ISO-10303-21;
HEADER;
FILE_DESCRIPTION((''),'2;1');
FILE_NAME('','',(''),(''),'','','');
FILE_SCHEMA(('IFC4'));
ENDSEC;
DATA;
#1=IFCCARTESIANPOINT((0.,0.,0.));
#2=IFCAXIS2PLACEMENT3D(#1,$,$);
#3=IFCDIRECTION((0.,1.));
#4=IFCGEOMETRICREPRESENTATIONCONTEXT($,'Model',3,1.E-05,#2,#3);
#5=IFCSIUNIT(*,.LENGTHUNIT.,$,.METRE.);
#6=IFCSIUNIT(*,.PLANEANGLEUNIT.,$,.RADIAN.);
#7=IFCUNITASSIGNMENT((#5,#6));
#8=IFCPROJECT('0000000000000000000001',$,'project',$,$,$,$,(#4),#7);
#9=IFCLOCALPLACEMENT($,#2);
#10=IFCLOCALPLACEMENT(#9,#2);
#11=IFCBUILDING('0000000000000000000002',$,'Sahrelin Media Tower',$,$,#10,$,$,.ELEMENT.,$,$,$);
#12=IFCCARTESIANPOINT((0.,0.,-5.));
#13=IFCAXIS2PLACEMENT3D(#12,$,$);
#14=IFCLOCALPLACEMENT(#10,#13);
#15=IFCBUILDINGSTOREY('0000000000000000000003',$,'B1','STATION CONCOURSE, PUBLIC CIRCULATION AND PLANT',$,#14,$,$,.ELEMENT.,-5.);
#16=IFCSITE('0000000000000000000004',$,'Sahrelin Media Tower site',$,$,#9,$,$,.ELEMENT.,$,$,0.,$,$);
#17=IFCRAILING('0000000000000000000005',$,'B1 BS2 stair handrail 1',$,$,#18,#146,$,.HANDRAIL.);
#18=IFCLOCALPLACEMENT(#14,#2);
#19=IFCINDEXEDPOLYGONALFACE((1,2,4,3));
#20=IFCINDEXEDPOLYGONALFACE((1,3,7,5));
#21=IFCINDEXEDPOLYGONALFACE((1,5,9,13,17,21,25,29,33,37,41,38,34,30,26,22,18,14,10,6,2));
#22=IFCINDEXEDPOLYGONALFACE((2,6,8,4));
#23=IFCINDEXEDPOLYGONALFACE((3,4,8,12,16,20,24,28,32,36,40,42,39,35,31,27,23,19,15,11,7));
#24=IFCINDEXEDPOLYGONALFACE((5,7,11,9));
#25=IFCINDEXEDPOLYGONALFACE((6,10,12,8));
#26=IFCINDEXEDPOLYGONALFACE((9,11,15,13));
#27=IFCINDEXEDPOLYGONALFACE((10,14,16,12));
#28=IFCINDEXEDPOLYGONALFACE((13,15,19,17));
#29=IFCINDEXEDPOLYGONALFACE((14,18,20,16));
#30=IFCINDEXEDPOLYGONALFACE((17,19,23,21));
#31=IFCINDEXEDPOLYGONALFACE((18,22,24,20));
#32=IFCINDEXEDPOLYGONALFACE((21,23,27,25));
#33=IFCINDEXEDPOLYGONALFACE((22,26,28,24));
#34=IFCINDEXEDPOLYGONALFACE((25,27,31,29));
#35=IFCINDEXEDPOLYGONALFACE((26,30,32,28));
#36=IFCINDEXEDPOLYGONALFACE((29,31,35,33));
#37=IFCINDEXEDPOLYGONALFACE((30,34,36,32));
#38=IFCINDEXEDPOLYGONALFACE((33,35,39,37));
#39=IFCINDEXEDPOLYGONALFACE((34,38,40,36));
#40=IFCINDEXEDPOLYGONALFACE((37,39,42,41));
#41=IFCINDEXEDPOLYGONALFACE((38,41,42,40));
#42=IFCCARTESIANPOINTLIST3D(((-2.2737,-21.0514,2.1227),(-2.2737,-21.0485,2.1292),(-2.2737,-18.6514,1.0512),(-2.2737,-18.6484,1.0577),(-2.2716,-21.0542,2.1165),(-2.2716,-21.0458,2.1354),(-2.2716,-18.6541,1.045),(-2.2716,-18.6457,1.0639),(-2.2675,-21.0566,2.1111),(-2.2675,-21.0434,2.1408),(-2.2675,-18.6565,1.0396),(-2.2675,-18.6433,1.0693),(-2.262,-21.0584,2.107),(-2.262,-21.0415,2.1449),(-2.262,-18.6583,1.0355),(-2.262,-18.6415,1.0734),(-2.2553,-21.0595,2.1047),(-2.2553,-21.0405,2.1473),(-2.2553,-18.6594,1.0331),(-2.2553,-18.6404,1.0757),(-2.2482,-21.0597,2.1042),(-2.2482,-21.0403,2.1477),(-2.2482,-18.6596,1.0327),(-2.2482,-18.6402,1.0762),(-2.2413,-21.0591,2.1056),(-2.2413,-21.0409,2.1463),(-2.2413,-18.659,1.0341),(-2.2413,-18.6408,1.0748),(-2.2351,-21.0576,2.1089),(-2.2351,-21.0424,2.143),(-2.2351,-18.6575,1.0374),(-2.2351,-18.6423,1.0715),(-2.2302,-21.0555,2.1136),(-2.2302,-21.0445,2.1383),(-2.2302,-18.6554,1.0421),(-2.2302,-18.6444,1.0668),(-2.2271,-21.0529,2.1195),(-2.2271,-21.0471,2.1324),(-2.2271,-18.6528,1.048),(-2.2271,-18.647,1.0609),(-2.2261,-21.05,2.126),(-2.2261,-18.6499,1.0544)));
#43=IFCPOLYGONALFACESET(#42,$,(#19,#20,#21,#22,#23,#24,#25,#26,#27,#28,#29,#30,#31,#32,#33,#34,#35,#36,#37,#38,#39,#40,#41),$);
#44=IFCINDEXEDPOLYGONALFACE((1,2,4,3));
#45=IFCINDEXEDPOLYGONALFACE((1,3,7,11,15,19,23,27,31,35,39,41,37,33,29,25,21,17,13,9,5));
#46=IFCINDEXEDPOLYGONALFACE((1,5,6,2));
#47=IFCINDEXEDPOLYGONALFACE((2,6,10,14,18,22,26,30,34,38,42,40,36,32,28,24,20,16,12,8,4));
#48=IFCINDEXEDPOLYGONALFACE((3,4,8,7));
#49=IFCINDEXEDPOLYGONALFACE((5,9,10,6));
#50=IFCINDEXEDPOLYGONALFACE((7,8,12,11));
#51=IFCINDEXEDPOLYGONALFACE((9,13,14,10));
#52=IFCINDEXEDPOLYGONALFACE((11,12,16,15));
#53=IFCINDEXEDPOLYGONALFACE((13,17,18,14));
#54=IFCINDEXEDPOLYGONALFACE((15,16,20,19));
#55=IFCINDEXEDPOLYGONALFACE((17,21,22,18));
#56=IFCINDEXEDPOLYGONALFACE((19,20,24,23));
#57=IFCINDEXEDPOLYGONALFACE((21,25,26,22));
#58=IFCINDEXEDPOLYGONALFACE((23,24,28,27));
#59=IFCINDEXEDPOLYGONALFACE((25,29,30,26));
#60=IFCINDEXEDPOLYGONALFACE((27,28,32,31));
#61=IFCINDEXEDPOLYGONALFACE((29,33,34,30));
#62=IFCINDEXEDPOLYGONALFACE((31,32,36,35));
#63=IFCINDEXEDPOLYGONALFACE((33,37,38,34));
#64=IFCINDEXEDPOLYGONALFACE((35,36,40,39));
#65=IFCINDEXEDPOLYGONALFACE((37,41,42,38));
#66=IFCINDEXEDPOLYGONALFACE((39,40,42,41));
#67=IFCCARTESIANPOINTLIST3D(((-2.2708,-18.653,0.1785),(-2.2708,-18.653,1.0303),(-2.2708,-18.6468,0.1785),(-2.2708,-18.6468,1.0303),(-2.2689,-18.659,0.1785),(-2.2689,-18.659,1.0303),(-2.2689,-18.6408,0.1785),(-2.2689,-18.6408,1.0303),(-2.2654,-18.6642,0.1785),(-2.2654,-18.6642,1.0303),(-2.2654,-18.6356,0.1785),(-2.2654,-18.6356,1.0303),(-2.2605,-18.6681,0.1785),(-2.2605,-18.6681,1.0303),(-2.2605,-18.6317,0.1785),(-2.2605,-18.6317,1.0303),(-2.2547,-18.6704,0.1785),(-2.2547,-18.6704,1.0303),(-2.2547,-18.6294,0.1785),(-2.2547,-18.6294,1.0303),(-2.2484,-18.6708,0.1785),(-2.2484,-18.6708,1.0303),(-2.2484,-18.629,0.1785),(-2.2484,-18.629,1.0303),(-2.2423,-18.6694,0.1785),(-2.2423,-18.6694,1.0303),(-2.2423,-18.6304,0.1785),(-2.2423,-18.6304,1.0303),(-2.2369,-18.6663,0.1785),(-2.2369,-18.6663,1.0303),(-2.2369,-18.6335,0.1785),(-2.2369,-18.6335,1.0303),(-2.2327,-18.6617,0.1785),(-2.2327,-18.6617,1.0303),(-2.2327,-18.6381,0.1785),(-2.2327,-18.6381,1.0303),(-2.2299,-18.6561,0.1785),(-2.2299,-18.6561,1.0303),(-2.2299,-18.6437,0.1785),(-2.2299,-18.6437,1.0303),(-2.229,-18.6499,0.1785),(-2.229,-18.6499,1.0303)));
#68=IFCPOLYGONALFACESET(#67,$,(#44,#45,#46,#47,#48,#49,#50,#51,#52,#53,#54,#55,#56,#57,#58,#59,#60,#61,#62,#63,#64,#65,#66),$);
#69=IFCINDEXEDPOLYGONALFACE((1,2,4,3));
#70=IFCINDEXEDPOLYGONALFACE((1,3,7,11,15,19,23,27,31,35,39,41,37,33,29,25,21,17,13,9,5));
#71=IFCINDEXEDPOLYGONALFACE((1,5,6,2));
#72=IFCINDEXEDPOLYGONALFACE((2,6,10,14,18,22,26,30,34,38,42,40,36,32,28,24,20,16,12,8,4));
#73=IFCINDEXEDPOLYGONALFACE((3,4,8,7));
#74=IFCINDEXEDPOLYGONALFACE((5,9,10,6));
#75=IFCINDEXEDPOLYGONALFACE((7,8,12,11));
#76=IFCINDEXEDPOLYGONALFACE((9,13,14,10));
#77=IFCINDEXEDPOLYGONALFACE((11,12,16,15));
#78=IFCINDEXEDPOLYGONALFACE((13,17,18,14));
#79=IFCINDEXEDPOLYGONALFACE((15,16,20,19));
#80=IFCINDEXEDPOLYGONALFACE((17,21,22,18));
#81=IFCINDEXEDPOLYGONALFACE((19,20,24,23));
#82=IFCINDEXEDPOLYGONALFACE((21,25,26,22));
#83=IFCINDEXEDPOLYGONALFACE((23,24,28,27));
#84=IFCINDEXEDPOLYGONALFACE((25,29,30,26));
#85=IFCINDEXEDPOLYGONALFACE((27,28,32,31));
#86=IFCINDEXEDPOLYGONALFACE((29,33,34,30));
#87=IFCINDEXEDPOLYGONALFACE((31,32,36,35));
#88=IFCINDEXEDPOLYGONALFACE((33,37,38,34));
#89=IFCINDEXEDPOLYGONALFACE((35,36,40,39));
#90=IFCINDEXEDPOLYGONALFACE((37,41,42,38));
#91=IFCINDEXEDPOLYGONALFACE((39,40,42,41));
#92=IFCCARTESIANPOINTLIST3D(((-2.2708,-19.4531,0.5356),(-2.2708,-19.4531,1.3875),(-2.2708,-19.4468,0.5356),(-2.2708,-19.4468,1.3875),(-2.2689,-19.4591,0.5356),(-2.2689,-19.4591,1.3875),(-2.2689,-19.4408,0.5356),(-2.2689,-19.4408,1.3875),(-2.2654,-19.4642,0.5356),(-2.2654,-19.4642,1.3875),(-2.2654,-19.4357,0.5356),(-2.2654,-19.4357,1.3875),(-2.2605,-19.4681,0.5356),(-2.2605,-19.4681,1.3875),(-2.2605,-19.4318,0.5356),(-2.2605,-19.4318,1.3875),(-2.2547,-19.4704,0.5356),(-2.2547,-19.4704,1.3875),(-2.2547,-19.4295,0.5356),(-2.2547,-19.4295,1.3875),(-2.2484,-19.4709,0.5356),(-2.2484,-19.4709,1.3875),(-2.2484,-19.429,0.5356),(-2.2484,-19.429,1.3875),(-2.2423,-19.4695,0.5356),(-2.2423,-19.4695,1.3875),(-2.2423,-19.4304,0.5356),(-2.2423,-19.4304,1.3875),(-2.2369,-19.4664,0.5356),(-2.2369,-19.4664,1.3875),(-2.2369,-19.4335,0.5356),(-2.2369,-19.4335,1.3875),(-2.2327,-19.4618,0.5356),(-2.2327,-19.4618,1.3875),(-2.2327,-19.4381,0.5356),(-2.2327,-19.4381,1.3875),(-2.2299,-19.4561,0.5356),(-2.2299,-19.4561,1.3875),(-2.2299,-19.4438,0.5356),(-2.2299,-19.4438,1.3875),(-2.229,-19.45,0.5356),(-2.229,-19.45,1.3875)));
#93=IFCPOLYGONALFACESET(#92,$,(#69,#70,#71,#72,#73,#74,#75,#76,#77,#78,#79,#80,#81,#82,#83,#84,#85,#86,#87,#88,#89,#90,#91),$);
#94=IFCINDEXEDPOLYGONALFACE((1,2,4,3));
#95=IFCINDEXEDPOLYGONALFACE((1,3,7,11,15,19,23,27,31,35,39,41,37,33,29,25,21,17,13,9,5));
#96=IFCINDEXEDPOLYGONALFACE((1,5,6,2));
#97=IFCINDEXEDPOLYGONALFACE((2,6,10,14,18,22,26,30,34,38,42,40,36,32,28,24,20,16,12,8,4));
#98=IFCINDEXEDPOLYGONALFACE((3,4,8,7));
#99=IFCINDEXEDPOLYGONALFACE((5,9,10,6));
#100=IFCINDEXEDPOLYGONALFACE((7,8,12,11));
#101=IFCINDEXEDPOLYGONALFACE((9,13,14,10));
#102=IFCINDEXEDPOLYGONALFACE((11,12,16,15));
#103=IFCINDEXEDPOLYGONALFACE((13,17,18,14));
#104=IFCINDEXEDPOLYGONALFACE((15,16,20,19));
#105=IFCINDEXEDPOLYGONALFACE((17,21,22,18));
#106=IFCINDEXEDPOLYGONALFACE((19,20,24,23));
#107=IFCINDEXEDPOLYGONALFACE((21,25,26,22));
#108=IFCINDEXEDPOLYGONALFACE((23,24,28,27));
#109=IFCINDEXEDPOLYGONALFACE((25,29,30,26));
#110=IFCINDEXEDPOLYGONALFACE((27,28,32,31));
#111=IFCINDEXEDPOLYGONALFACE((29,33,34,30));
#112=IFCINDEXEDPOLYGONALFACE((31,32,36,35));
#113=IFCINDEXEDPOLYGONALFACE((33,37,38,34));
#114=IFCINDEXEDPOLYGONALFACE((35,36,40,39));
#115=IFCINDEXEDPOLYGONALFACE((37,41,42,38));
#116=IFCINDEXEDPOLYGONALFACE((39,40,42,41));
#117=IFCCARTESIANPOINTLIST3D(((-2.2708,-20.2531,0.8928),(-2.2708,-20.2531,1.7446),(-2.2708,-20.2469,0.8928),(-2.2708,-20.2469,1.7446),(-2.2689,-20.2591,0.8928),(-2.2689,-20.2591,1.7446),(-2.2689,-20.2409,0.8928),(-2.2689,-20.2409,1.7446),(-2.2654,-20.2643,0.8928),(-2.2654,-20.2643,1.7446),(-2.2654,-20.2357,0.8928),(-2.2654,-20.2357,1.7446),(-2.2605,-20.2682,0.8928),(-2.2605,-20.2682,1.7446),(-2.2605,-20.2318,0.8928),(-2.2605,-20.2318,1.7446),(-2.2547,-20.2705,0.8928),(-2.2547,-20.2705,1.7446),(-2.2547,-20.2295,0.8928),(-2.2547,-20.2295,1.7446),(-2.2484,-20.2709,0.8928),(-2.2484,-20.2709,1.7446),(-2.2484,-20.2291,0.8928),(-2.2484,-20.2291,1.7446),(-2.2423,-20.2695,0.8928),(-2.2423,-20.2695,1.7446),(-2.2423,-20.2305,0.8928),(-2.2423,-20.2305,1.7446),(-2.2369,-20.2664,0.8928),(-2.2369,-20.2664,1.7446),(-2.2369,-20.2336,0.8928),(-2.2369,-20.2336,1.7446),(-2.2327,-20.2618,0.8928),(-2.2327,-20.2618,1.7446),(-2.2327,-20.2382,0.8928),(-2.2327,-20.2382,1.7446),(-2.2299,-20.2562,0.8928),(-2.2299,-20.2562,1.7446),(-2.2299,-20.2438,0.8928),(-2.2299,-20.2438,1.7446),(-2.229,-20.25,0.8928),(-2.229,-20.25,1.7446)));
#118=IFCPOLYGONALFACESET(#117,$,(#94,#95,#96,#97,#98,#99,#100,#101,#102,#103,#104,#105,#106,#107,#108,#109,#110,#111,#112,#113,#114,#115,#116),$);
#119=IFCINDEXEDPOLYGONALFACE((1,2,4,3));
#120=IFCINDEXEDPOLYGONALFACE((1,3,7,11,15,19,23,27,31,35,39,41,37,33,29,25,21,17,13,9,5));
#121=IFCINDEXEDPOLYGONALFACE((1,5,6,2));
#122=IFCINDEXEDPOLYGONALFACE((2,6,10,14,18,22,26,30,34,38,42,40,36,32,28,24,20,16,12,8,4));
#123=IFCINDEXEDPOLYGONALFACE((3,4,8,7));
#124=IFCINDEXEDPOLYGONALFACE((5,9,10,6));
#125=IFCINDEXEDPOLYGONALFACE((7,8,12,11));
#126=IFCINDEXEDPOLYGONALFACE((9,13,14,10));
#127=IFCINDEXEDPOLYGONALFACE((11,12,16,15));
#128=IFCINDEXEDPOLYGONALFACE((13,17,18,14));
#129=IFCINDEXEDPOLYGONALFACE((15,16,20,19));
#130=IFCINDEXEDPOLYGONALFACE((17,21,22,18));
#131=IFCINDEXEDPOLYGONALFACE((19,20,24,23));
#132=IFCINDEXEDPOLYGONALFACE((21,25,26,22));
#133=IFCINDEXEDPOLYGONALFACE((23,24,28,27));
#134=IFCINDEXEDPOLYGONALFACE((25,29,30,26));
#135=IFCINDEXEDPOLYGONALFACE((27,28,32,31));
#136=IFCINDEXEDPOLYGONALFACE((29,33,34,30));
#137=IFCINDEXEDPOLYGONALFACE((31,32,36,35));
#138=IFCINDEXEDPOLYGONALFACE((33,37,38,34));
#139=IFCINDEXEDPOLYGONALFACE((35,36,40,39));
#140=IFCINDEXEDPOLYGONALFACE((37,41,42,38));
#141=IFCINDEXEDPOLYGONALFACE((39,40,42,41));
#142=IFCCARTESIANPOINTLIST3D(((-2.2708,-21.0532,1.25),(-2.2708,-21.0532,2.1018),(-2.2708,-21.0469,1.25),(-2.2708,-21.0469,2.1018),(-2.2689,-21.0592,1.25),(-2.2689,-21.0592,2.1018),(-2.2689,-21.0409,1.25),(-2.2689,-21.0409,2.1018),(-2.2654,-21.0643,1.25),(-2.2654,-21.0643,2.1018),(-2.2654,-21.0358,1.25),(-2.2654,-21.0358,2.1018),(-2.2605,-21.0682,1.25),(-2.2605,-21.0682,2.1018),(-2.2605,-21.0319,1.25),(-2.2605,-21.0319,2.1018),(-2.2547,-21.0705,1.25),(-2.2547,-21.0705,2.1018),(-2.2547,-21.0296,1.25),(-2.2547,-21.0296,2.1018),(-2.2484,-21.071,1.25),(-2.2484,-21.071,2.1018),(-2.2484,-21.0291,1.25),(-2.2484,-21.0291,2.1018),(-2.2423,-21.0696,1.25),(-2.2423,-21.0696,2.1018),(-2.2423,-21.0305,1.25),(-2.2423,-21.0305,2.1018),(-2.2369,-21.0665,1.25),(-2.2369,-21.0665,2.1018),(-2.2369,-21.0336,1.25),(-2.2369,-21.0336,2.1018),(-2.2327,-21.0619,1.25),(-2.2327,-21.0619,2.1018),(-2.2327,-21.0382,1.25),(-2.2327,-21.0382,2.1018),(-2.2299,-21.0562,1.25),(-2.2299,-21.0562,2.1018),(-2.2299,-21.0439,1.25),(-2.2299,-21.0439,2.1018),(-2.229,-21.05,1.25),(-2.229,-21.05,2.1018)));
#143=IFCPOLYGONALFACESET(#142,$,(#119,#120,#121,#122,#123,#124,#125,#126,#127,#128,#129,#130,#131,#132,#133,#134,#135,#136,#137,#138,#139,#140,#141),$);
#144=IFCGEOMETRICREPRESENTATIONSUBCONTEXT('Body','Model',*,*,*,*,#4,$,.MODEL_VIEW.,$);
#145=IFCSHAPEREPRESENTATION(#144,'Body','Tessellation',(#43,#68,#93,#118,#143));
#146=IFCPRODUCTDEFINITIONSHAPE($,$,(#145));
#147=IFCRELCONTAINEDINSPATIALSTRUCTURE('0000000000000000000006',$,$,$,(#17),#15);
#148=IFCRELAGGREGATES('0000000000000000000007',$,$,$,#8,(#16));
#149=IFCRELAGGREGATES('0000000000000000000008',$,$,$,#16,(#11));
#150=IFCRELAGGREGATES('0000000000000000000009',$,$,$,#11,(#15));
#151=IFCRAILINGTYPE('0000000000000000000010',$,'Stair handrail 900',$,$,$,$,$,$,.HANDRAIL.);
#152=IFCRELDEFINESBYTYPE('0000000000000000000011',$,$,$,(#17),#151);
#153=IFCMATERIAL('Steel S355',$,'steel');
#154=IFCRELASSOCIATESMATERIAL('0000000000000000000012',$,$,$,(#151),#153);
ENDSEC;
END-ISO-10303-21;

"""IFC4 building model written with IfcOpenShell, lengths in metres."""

from ifc_helpers import new_model, si_unit, direction, frame, origin, origin_2d, place, context, subcontext, project, spatial, circle, extrude, material, type_object, element, save


model = new_model("IFC4")

# Units and contexts
model_context = context("Model", 3, precision=1e-05, world=origin(), true_north=direction((0.0, 1.0)))
body_context = subcontext(model_context, "Body", "Model", "MODEL_VIEW")
ifc_project = project(units=[si_unit("LENGTHUNIT", "METRE"), si_unit("PLANEANGLEUNIT", "RADIAN")], contexts=[model_context])

# Site, building, storey
site_placement = place(None, origin())
site = spatial("IfcSite", under=ifc_project, at=site_placement, Name="Sahrelin Media Tower site", CompositionType="ELEMENT", RefElevation=0.0)
building_placement = place(site_placement, origin())
building = spatial("IfcBuilding", under=site, at=building_placement, Name="Sahrelin Media Tower", CompositionType="ELEMENT")
storey_placement = place(building_placement, frame((0.0, 0.0, -5.0)))
storey = spatial("IfcBuildingStorey", under=building, at=storey_placement, Name="B1", Description="STATION CONCOURSE, PUBLIC CIRCULATION AND PLANT", CompositionType="ELEMENT", Elevation=-5.0)

# Railing
ifc_material_1 = material(Name="Steel S355", Category="steel")
railing_type_1 = type_object("IfcRailingType", Name="Stair handrail 900", PredefinedType="HANDRAIL", material=ifc_material_1)
for number, where, name in (
    (1, (-2.25, -18.6499, 0.1785), "B1 BS2 stair handrail 1"),
):
    element("IfcRailing", number, at=place(storey_placement, frame(where)), inside=storey, type_object=railing_type_1, Name=name, PredefinedType="HANDRAIL", context=body_context, shape_type="SweptSolid", body=[
        extrude(circle(Radius=0.0239, at=origin_2d()), frame((0.0, 0.0, 0.876), z_axis=(0.0, -0.913132, 0.407663), x_axis=(1.0, 0.0, 0.0)), (0.0, 0.0, 1.0), 2.6284),
        extrude(circle(Radius=0.021, at=origin_2d()), origin(), (0.0, 0.0, 1.0), 0.8518),
        extrude(circle(Radius=0.021, at=origin_2d()), frame((0.0, -0.8, 0.3572)), (0.0, 0.0, 1.0), 0.8518),
        extrude(circle(Radius=0.021, at=origin_2d()), frame((0.0, -1.6001, 0.7144)), (0.0, 0.0, 1.0), 0.8518),
        extrude(circle(Radius=0.021, at=origin_2d()), frame((0.0, -2.4001, 1.0715)), (0.0, 0.0, 1.0), 0.8518),
    ])

save(model, "model.ifc")
